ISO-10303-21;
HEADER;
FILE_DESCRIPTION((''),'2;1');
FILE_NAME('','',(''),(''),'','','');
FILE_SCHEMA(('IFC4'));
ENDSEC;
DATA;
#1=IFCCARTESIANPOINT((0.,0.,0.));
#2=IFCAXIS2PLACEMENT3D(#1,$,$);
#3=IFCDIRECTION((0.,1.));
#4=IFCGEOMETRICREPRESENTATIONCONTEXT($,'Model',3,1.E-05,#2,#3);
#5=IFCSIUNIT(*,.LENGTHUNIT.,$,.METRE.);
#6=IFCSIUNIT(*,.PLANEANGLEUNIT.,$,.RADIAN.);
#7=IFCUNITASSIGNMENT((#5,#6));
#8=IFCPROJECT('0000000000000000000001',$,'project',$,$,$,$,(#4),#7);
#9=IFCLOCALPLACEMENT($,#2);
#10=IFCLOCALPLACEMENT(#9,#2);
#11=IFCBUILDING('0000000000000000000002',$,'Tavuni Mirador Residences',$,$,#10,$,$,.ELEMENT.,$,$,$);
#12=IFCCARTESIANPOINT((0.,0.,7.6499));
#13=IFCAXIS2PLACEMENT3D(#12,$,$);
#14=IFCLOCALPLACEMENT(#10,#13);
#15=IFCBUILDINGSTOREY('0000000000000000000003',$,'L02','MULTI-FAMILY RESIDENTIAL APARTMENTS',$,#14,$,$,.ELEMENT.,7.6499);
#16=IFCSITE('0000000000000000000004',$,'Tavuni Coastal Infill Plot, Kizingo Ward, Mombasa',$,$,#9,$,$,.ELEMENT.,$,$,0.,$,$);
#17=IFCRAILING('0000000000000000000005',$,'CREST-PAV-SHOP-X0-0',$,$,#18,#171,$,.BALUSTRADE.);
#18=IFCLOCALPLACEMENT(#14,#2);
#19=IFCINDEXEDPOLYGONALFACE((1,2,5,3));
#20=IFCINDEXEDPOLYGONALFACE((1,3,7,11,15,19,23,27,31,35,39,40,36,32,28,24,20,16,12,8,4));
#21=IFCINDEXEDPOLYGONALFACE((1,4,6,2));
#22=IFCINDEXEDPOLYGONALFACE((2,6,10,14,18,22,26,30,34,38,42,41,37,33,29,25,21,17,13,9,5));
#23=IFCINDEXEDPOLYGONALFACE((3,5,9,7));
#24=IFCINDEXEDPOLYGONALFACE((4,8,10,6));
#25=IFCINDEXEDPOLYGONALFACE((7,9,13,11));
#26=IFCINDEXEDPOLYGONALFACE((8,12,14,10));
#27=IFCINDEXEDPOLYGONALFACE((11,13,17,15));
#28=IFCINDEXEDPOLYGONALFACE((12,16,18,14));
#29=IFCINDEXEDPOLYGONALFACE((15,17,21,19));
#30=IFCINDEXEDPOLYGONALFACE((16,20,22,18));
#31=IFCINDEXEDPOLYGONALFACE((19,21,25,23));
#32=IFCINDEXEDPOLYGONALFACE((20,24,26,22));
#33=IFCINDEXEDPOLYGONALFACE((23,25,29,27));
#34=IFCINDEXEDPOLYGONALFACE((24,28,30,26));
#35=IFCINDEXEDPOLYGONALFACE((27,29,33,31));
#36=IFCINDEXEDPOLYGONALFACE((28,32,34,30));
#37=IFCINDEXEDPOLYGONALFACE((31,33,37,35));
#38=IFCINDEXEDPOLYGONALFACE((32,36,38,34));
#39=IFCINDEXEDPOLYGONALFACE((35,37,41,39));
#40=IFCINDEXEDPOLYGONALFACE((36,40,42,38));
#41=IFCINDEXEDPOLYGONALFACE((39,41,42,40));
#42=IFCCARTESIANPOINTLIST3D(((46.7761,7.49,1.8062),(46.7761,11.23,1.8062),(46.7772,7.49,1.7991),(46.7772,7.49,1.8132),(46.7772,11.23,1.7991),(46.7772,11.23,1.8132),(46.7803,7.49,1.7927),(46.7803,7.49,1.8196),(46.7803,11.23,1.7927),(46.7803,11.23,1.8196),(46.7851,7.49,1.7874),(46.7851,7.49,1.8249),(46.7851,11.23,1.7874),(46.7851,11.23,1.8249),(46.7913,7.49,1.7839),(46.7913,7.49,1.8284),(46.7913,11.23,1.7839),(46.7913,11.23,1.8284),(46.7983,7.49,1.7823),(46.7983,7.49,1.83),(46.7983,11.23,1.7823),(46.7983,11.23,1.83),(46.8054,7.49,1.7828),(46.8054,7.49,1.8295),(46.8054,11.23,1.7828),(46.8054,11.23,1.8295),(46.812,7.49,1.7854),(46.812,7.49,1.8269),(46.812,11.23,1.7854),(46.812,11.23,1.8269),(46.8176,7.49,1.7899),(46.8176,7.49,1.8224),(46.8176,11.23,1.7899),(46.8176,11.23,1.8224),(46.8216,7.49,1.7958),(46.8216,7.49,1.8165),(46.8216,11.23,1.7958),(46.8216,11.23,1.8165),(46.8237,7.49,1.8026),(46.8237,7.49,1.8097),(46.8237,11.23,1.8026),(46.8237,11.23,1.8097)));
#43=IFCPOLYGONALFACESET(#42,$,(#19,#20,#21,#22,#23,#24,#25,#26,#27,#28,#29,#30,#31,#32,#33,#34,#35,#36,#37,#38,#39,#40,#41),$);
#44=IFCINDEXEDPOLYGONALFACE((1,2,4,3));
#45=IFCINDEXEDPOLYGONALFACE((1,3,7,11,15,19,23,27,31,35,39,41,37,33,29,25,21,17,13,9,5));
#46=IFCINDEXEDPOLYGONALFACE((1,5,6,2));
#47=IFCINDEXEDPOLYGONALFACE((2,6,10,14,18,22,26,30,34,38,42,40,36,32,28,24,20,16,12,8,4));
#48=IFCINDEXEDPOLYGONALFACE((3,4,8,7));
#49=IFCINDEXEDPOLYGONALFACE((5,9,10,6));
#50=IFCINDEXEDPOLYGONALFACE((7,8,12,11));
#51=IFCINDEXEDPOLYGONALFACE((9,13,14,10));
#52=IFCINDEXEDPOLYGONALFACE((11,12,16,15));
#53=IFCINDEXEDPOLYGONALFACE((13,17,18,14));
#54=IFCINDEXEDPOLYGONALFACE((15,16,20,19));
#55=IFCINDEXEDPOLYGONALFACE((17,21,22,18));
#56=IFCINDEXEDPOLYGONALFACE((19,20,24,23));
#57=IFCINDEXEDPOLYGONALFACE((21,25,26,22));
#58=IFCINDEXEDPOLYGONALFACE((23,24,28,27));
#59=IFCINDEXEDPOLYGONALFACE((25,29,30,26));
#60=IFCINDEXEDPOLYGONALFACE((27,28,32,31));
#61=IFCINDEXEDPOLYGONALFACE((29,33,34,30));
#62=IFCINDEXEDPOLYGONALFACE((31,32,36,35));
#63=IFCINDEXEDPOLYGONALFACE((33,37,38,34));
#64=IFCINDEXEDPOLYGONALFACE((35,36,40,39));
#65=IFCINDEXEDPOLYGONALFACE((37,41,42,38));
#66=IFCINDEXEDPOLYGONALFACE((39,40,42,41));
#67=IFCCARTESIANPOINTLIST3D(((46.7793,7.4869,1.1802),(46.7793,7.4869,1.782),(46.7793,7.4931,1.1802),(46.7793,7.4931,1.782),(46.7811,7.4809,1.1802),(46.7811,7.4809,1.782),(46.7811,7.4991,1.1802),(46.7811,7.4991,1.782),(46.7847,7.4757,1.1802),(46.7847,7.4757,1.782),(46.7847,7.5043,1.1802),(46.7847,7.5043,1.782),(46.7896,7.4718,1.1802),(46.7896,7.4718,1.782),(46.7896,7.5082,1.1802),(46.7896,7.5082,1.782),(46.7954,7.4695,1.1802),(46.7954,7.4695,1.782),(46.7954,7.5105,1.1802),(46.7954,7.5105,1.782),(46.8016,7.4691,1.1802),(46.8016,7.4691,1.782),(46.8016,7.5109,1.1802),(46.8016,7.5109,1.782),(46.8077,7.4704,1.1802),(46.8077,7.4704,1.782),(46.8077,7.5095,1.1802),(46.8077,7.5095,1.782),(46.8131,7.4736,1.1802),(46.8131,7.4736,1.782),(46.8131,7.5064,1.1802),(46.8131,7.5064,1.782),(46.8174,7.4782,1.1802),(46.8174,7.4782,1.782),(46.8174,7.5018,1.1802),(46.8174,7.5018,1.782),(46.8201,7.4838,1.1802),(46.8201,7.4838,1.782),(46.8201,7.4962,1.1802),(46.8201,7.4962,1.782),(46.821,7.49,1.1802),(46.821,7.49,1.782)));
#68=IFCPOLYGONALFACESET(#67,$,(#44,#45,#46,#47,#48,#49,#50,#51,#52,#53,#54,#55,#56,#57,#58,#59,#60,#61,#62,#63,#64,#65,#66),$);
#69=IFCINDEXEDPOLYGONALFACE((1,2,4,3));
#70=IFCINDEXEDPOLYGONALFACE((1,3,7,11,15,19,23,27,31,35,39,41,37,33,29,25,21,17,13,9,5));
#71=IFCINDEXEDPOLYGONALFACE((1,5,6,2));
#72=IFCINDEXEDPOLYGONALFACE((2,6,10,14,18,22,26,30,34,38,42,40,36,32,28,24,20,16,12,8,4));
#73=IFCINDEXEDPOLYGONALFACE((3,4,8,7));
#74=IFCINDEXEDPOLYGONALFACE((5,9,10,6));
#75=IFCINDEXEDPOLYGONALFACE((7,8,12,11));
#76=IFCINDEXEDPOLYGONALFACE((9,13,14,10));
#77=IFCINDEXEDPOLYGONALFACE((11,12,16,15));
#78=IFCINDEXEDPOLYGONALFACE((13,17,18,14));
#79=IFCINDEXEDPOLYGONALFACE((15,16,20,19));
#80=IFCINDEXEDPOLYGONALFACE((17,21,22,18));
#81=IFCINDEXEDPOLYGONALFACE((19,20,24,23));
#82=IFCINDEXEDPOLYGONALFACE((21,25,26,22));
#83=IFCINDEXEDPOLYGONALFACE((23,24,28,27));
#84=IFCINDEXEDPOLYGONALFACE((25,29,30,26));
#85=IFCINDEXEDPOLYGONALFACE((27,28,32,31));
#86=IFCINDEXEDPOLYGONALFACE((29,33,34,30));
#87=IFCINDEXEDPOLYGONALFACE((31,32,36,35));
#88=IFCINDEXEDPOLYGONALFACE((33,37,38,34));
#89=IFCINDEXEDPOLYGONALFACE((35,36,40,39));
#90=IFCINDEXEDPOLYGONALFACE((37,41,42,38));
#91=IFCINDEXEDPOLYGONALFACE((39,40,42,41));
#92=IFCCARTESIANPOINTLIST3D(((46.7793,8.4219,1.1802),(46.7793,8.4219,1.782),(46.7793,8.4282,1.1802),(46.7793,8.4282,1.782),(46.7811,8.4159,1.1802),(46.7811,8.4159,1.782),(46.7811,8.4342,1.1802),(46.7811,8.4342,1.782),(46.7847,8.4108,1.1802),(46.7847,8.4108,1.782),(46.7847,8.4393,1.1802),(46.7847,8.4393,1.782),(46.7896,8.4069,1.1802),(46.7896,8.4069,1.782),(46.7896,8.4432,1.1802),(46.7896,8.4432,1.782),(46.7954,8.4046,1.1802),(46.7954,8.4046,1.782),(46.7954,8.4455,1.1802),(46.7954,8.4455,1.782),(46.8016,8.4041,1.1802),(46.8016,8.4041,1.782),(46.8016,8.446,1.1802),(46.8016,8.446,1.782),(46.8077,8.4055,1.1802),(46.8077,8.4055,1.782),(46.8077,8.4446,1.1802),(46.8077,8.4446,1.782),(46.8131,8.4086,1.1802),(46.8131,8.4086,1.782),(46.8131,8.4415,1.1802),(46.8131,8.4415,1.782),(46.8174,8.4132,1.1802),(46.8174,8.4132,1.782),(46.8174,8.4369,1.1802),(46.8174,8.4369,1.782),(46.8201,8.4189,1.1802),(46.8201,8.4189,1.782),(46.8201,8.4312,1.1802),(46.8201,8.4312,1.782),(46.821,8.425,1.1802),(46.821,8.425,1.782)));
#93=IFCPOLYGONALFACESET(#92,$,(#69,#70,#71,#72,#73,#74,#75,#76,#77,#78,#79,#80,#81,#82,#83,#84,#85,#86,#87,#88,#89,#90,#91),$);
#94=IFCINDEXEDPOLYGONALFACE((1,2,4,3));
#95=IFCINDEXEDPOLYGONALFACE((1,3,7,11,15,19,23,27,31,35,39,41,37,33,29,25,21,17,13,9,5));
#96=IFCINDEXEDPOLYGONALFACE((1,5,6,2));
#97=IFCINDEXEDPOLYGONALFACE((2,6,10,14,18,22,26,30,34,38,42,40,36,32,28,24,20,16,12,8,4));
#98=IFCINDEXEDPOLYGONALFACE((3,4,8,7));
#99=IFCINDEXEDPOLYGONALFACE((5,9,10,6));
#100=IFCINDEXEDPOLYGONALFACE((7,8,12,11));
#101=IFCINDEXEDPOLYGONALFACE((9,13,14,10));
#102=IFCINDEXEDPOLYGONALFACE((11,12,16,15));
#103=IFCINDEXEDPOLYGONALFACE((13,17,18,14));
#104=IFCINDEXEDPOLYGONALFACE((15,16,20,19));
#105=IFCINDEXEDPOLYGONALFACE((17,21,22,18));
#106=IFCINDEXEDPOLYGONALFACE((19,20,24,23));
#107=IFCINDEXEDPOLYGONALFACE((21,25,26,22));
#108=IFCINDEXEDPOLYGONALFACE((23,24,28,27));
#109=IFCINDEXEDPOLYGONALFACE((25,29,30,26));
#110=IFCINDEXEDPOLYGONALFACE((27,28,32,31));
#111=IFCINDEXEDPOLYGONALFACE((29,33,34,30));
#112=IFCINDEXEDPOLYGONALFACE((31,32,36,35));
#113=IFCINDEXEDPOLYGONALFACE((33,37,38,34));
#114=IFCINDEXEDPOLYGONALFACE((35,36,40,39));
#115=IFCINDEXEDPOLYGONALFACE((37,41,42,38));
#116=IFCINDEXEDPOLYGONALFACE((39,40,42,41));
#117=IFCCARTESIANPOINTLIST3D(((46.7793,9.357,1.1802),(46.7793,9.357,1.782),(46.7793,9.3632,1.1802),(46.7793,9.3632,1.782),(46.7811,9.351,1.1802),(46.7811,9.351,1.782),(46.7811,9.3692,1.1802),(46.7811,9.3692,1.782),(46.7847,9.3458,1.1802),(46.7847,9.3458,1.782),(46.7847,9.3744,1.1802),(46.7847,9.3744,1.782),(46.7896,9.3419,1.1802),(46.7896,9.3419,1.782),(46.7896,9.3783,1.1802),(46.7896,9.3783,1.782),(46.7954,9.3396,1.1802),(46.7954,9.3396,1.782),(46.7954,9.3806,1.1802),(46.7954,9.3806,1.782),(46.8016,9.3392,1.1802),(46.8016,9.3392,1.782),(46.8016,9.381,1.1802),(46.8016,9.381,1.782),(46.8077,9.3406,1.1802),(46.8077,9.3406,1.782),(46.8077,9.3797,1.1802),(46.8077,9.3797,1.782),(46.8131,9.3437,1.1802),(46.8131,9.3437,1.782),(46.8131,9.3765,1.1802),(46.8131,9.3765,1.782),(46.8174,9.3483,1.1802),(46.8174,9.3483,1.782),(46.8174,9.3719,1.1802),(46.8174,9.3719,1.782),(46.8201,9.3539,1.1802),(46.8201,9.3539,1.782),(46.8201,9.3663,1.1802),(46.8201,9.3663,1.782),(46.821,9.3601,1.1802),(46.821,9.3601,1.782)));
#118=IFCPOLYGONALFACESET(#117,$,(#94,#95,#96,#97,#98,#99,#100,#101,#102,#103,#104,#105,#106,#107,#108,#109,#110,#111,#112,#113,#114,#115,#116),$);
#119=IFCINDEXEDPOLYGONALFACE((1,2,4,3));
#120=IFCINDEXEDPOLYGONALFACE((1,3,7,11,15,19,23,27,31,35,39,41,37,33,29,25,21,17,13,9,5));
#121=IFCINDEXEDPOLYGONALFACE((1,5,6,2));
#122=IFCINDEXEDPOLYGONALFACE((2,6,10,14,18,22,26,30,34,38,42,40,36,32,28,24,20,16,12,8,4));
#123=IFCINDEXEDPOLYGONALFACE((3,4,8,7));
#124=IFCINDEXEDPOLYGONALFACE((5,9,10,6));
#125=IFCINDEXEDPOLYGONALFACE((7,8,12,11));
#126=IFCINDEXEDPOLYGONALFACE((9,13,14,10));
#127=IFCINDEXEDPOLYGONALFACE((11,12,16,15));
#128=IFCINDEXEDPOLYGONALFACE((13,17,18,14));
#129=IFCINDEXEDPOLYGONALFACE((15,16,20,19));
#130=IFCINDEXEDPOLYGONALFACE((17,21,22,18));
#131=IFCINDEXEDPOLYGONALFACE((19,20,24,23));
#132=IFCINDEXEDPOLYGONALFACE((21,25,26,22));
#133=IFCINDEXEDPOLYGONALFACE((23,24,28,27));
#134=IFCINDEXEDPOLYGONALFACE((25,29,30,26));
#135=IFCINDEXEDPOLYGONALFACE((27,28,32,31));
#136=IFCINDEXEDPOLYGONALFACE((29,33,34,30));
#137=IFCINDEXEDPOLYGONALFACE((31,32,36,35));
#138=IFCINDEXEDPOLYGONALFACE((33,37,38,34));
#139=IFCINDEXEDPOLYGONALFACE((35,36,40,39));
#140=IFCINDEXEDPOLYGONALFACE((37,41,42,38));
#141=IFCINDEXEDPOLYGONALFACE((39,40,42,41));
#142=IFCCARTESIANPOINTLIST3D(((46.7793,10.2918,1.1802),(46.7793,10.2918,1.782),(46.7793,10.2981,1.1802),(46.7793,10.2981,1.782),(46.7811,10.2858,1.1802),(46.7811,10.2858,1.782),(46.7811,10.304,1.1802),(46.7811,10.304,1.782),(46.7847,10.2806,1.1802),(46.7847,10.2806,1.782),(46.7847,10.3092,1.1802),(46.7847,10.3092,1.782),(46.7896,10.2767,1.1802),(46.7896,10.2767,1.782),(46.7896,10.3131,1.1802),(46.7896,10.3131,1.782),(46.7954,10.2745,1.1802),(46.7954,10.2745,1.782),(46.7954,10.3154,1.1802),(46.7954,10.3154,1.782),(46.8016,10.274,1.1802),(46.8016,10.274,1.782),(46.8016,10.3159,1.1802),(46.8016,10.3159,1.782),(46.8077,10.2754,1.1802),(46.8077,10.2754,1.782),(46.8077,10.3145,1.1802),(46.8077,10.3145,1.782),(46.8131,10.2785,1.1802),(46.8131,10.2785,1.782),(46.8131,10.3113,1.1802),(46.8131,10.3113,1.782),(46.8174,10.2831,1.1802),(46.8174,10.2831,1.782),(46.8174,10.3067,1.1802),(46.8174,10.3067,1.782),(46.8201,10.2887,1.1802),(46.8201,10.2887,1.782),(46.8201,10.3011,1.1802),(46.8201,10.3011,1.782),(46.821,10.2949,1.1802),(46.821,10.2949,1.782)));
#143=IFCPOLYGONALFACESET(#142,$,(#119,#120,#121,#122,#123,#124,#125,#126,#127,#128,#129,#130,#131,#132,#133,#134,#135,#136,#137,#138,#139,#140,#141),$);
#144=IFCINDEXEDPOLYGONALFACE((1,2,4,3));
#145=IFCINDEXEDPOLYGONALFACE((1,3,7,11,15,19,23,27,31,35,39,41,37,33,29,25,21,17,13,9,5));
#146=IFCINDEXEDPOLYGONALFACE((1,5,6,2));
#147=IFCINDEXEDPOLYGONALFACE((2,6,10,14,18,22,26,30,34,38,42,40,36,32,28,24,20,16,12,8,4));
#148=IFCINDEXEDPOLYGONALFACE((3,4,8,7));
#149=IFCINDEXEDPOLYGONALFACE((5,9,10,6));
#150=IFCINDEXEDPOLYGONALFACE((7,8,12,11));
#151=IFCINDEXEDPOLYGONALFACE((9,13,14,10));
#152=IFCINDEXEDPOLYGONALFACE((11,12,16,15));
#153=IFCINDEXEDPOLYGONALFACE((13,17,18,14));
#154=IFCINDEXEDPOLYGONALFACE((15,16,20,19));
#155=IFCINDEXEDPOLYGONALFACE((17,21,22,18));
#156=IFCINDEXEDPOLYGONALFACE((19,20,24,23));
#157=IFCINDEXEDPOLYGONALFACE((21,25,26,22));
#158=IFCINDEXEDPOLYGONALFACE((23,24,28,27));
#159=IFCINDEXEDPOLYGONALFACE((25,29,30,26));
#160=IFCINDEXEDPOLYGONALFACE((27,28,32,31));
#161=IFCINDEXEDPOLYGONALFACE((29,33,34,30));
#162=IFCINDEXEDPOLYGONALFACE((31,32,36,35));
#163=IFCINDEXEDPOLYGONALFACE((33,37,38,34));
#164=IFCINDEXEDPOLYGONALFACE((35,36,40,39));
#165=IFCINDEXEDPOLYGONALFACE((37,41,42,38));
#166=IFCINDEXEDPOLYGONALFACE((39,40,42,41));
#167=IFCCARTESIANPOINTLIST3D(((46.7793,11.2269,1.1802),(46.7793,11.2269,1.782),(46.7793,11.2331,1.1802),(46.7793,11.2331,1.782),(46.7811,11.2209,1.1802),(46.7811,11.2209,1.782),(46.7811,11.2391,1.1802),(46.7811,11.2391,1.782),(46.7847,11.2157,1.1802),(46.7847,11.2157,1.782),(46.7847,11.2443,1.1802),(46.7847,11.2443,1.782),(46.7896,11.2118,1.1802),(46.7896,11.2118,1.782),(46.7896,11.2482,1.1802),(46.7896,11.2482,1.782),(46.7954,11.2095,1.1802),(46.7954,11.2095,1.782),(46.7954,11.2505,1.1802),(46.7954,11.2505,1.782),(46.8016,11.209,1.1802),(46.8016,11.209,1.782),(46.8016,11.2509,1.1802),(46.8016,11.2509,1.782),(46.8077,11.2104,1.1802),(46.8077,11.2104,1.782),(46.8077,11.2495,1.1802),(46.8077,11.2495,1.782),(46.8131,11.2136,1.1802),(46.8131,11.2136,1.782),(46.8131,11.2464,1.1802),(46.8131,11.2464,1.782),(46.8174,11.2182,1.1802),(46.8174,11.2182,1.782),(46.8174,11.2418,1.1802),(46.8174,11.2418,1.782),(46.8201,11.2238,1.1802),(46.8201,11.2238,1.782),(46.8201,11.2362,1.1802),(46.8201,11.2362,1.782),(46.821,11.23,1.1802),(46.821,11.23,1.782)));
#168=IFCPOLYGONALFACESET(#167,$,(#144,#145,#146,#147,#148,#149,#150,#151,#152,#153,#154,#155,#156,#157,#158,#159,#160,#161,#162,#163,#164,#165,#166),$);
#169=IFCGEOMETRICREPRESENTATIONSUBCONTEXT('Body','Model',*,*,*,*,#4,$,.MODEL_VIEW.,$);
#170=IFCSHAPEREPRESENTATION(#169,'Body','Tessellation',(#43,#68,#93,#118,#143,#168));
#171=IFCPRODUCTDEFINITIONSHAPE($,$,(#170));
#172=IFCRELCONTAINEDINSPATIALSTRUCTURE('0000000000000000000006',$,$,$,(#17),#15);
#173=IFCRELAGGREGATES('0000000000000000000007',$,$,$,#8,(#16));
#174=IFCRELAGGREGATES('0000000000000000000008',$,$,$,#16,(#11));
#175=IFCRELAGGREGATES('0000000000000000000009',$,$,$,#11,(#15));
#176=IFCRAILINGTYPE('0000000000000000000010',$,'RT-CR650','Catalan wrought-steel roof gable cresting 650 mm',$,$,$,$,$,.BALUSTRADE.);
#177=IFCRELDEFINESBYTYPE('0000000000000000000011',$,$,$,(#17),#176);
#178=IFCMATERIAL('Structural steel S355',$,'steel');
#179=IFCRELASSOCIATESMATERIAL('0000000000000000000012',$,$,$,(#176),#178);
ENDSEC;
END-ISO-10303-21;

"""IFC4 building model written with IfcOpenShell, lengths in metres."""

from ifc_helpers import new_model, si_unit, direction, frame, origin, origin_2d, place, context, subcontext, project, spatial, circle, extrude, material, type_object, element, save


model = new_model("IFC4")

# Units and contexts
model_context = context("Model", 3, precision=1e-05, world=origin(), true_north=direction((0.0, 1.0)))
body_context = subcontext(model_context, "Body", "Model", "MODEL_VIEW")
ifc_project = project(units=[si_unit("LENGTHUNIT", "METRE"), si_unit("PLANEANGLEUNIT", "RADIAN")], contexts=[model_context])

# Site, building, storey
site_placement = place(None, origin())
site = spatial("IfcSite", under=ifc_project, at=site_placement, Name="Tavuni Coastal Infill Plot, Kizingo Ward, Mombasa", CompositionType="ELEMENT", RefElevation=0.0)
building_placement = place(site_placement, origin())
building = spatial("IfcBuilding", under=site, at=building_placement, Name="Tavuni Mirador Residences", CompositionType="ELEMENT")
storey_placement = place(building_placement, frame((0.0, 0.0, 7.6499)))
storey = spatial("IfcBuildingStorey", under=building, at=storey_placement, Name="L02", Description="MULTI-FAMILY RESIDENTIAL APARTMENTS", CompositionType="ELEMENT", Elevation=7.6499)

# Shared definitions
ifc_material_1 = material(Name="Structural steel S355", Category="steel")

# Railing
railing_type = type_object("IfcRailingType", Name="RT-CR650", Description="Catalan wrought-steel roof gable cresting 650 mm", PredefinedType="BALUSTRADE", material=ifc_material_1)
for number, where, name in (
    (1, (46.8, 7.49, 1.1802), "CREST-PAV-SHOP-X0-0"),
):
    element("IfcRailing", number, at=place(storey_placement, frame(where)), inside=storey, type_object=railing_type, Name=name, PredefinedType="BALUSTRADE", context=body_context, shape_type="SweptSolid", body=[
        extrude(circle(Radius=0.0239, at=origin_2d()), frame((0.0, 0.0, 0.626), z_axis=(0.0, 1.0, 0.0), x_axis=(-1.0, 0.0, 0.0)), (0.0, 0.0, 1.0), 3.74),
        extrude(circle(Radius=0.021, at=origin_2d()), origin(), (0.0, 0.0, 1.0), 0.6018),
        extrude(circle(Radius=0.021, at=origin_2d()), frame((0.0, 0.9351, 0.0)), (0.0, 0.0, 1.0), 0.6018),
        extrude(circle(Radius=0.021, at=origin_2d()), frame((0.0, 1.8701, 0.0)), (0.0, 0.0, 1.0), 0.6018),
        extrude(circle(Radius=0.021, at=origin_2d()), frame((0.0, 2.8049, 0.0)), (0.0, 0.0, 1.0), 0.6018),
        extrude(circle(Radius=0.021, at=origin_2d()), frame((0.0, 3.74, 0.0)), (0.0, 0.0, 1.0), 0.6018),
    ])

save(model, "model.ifc")
